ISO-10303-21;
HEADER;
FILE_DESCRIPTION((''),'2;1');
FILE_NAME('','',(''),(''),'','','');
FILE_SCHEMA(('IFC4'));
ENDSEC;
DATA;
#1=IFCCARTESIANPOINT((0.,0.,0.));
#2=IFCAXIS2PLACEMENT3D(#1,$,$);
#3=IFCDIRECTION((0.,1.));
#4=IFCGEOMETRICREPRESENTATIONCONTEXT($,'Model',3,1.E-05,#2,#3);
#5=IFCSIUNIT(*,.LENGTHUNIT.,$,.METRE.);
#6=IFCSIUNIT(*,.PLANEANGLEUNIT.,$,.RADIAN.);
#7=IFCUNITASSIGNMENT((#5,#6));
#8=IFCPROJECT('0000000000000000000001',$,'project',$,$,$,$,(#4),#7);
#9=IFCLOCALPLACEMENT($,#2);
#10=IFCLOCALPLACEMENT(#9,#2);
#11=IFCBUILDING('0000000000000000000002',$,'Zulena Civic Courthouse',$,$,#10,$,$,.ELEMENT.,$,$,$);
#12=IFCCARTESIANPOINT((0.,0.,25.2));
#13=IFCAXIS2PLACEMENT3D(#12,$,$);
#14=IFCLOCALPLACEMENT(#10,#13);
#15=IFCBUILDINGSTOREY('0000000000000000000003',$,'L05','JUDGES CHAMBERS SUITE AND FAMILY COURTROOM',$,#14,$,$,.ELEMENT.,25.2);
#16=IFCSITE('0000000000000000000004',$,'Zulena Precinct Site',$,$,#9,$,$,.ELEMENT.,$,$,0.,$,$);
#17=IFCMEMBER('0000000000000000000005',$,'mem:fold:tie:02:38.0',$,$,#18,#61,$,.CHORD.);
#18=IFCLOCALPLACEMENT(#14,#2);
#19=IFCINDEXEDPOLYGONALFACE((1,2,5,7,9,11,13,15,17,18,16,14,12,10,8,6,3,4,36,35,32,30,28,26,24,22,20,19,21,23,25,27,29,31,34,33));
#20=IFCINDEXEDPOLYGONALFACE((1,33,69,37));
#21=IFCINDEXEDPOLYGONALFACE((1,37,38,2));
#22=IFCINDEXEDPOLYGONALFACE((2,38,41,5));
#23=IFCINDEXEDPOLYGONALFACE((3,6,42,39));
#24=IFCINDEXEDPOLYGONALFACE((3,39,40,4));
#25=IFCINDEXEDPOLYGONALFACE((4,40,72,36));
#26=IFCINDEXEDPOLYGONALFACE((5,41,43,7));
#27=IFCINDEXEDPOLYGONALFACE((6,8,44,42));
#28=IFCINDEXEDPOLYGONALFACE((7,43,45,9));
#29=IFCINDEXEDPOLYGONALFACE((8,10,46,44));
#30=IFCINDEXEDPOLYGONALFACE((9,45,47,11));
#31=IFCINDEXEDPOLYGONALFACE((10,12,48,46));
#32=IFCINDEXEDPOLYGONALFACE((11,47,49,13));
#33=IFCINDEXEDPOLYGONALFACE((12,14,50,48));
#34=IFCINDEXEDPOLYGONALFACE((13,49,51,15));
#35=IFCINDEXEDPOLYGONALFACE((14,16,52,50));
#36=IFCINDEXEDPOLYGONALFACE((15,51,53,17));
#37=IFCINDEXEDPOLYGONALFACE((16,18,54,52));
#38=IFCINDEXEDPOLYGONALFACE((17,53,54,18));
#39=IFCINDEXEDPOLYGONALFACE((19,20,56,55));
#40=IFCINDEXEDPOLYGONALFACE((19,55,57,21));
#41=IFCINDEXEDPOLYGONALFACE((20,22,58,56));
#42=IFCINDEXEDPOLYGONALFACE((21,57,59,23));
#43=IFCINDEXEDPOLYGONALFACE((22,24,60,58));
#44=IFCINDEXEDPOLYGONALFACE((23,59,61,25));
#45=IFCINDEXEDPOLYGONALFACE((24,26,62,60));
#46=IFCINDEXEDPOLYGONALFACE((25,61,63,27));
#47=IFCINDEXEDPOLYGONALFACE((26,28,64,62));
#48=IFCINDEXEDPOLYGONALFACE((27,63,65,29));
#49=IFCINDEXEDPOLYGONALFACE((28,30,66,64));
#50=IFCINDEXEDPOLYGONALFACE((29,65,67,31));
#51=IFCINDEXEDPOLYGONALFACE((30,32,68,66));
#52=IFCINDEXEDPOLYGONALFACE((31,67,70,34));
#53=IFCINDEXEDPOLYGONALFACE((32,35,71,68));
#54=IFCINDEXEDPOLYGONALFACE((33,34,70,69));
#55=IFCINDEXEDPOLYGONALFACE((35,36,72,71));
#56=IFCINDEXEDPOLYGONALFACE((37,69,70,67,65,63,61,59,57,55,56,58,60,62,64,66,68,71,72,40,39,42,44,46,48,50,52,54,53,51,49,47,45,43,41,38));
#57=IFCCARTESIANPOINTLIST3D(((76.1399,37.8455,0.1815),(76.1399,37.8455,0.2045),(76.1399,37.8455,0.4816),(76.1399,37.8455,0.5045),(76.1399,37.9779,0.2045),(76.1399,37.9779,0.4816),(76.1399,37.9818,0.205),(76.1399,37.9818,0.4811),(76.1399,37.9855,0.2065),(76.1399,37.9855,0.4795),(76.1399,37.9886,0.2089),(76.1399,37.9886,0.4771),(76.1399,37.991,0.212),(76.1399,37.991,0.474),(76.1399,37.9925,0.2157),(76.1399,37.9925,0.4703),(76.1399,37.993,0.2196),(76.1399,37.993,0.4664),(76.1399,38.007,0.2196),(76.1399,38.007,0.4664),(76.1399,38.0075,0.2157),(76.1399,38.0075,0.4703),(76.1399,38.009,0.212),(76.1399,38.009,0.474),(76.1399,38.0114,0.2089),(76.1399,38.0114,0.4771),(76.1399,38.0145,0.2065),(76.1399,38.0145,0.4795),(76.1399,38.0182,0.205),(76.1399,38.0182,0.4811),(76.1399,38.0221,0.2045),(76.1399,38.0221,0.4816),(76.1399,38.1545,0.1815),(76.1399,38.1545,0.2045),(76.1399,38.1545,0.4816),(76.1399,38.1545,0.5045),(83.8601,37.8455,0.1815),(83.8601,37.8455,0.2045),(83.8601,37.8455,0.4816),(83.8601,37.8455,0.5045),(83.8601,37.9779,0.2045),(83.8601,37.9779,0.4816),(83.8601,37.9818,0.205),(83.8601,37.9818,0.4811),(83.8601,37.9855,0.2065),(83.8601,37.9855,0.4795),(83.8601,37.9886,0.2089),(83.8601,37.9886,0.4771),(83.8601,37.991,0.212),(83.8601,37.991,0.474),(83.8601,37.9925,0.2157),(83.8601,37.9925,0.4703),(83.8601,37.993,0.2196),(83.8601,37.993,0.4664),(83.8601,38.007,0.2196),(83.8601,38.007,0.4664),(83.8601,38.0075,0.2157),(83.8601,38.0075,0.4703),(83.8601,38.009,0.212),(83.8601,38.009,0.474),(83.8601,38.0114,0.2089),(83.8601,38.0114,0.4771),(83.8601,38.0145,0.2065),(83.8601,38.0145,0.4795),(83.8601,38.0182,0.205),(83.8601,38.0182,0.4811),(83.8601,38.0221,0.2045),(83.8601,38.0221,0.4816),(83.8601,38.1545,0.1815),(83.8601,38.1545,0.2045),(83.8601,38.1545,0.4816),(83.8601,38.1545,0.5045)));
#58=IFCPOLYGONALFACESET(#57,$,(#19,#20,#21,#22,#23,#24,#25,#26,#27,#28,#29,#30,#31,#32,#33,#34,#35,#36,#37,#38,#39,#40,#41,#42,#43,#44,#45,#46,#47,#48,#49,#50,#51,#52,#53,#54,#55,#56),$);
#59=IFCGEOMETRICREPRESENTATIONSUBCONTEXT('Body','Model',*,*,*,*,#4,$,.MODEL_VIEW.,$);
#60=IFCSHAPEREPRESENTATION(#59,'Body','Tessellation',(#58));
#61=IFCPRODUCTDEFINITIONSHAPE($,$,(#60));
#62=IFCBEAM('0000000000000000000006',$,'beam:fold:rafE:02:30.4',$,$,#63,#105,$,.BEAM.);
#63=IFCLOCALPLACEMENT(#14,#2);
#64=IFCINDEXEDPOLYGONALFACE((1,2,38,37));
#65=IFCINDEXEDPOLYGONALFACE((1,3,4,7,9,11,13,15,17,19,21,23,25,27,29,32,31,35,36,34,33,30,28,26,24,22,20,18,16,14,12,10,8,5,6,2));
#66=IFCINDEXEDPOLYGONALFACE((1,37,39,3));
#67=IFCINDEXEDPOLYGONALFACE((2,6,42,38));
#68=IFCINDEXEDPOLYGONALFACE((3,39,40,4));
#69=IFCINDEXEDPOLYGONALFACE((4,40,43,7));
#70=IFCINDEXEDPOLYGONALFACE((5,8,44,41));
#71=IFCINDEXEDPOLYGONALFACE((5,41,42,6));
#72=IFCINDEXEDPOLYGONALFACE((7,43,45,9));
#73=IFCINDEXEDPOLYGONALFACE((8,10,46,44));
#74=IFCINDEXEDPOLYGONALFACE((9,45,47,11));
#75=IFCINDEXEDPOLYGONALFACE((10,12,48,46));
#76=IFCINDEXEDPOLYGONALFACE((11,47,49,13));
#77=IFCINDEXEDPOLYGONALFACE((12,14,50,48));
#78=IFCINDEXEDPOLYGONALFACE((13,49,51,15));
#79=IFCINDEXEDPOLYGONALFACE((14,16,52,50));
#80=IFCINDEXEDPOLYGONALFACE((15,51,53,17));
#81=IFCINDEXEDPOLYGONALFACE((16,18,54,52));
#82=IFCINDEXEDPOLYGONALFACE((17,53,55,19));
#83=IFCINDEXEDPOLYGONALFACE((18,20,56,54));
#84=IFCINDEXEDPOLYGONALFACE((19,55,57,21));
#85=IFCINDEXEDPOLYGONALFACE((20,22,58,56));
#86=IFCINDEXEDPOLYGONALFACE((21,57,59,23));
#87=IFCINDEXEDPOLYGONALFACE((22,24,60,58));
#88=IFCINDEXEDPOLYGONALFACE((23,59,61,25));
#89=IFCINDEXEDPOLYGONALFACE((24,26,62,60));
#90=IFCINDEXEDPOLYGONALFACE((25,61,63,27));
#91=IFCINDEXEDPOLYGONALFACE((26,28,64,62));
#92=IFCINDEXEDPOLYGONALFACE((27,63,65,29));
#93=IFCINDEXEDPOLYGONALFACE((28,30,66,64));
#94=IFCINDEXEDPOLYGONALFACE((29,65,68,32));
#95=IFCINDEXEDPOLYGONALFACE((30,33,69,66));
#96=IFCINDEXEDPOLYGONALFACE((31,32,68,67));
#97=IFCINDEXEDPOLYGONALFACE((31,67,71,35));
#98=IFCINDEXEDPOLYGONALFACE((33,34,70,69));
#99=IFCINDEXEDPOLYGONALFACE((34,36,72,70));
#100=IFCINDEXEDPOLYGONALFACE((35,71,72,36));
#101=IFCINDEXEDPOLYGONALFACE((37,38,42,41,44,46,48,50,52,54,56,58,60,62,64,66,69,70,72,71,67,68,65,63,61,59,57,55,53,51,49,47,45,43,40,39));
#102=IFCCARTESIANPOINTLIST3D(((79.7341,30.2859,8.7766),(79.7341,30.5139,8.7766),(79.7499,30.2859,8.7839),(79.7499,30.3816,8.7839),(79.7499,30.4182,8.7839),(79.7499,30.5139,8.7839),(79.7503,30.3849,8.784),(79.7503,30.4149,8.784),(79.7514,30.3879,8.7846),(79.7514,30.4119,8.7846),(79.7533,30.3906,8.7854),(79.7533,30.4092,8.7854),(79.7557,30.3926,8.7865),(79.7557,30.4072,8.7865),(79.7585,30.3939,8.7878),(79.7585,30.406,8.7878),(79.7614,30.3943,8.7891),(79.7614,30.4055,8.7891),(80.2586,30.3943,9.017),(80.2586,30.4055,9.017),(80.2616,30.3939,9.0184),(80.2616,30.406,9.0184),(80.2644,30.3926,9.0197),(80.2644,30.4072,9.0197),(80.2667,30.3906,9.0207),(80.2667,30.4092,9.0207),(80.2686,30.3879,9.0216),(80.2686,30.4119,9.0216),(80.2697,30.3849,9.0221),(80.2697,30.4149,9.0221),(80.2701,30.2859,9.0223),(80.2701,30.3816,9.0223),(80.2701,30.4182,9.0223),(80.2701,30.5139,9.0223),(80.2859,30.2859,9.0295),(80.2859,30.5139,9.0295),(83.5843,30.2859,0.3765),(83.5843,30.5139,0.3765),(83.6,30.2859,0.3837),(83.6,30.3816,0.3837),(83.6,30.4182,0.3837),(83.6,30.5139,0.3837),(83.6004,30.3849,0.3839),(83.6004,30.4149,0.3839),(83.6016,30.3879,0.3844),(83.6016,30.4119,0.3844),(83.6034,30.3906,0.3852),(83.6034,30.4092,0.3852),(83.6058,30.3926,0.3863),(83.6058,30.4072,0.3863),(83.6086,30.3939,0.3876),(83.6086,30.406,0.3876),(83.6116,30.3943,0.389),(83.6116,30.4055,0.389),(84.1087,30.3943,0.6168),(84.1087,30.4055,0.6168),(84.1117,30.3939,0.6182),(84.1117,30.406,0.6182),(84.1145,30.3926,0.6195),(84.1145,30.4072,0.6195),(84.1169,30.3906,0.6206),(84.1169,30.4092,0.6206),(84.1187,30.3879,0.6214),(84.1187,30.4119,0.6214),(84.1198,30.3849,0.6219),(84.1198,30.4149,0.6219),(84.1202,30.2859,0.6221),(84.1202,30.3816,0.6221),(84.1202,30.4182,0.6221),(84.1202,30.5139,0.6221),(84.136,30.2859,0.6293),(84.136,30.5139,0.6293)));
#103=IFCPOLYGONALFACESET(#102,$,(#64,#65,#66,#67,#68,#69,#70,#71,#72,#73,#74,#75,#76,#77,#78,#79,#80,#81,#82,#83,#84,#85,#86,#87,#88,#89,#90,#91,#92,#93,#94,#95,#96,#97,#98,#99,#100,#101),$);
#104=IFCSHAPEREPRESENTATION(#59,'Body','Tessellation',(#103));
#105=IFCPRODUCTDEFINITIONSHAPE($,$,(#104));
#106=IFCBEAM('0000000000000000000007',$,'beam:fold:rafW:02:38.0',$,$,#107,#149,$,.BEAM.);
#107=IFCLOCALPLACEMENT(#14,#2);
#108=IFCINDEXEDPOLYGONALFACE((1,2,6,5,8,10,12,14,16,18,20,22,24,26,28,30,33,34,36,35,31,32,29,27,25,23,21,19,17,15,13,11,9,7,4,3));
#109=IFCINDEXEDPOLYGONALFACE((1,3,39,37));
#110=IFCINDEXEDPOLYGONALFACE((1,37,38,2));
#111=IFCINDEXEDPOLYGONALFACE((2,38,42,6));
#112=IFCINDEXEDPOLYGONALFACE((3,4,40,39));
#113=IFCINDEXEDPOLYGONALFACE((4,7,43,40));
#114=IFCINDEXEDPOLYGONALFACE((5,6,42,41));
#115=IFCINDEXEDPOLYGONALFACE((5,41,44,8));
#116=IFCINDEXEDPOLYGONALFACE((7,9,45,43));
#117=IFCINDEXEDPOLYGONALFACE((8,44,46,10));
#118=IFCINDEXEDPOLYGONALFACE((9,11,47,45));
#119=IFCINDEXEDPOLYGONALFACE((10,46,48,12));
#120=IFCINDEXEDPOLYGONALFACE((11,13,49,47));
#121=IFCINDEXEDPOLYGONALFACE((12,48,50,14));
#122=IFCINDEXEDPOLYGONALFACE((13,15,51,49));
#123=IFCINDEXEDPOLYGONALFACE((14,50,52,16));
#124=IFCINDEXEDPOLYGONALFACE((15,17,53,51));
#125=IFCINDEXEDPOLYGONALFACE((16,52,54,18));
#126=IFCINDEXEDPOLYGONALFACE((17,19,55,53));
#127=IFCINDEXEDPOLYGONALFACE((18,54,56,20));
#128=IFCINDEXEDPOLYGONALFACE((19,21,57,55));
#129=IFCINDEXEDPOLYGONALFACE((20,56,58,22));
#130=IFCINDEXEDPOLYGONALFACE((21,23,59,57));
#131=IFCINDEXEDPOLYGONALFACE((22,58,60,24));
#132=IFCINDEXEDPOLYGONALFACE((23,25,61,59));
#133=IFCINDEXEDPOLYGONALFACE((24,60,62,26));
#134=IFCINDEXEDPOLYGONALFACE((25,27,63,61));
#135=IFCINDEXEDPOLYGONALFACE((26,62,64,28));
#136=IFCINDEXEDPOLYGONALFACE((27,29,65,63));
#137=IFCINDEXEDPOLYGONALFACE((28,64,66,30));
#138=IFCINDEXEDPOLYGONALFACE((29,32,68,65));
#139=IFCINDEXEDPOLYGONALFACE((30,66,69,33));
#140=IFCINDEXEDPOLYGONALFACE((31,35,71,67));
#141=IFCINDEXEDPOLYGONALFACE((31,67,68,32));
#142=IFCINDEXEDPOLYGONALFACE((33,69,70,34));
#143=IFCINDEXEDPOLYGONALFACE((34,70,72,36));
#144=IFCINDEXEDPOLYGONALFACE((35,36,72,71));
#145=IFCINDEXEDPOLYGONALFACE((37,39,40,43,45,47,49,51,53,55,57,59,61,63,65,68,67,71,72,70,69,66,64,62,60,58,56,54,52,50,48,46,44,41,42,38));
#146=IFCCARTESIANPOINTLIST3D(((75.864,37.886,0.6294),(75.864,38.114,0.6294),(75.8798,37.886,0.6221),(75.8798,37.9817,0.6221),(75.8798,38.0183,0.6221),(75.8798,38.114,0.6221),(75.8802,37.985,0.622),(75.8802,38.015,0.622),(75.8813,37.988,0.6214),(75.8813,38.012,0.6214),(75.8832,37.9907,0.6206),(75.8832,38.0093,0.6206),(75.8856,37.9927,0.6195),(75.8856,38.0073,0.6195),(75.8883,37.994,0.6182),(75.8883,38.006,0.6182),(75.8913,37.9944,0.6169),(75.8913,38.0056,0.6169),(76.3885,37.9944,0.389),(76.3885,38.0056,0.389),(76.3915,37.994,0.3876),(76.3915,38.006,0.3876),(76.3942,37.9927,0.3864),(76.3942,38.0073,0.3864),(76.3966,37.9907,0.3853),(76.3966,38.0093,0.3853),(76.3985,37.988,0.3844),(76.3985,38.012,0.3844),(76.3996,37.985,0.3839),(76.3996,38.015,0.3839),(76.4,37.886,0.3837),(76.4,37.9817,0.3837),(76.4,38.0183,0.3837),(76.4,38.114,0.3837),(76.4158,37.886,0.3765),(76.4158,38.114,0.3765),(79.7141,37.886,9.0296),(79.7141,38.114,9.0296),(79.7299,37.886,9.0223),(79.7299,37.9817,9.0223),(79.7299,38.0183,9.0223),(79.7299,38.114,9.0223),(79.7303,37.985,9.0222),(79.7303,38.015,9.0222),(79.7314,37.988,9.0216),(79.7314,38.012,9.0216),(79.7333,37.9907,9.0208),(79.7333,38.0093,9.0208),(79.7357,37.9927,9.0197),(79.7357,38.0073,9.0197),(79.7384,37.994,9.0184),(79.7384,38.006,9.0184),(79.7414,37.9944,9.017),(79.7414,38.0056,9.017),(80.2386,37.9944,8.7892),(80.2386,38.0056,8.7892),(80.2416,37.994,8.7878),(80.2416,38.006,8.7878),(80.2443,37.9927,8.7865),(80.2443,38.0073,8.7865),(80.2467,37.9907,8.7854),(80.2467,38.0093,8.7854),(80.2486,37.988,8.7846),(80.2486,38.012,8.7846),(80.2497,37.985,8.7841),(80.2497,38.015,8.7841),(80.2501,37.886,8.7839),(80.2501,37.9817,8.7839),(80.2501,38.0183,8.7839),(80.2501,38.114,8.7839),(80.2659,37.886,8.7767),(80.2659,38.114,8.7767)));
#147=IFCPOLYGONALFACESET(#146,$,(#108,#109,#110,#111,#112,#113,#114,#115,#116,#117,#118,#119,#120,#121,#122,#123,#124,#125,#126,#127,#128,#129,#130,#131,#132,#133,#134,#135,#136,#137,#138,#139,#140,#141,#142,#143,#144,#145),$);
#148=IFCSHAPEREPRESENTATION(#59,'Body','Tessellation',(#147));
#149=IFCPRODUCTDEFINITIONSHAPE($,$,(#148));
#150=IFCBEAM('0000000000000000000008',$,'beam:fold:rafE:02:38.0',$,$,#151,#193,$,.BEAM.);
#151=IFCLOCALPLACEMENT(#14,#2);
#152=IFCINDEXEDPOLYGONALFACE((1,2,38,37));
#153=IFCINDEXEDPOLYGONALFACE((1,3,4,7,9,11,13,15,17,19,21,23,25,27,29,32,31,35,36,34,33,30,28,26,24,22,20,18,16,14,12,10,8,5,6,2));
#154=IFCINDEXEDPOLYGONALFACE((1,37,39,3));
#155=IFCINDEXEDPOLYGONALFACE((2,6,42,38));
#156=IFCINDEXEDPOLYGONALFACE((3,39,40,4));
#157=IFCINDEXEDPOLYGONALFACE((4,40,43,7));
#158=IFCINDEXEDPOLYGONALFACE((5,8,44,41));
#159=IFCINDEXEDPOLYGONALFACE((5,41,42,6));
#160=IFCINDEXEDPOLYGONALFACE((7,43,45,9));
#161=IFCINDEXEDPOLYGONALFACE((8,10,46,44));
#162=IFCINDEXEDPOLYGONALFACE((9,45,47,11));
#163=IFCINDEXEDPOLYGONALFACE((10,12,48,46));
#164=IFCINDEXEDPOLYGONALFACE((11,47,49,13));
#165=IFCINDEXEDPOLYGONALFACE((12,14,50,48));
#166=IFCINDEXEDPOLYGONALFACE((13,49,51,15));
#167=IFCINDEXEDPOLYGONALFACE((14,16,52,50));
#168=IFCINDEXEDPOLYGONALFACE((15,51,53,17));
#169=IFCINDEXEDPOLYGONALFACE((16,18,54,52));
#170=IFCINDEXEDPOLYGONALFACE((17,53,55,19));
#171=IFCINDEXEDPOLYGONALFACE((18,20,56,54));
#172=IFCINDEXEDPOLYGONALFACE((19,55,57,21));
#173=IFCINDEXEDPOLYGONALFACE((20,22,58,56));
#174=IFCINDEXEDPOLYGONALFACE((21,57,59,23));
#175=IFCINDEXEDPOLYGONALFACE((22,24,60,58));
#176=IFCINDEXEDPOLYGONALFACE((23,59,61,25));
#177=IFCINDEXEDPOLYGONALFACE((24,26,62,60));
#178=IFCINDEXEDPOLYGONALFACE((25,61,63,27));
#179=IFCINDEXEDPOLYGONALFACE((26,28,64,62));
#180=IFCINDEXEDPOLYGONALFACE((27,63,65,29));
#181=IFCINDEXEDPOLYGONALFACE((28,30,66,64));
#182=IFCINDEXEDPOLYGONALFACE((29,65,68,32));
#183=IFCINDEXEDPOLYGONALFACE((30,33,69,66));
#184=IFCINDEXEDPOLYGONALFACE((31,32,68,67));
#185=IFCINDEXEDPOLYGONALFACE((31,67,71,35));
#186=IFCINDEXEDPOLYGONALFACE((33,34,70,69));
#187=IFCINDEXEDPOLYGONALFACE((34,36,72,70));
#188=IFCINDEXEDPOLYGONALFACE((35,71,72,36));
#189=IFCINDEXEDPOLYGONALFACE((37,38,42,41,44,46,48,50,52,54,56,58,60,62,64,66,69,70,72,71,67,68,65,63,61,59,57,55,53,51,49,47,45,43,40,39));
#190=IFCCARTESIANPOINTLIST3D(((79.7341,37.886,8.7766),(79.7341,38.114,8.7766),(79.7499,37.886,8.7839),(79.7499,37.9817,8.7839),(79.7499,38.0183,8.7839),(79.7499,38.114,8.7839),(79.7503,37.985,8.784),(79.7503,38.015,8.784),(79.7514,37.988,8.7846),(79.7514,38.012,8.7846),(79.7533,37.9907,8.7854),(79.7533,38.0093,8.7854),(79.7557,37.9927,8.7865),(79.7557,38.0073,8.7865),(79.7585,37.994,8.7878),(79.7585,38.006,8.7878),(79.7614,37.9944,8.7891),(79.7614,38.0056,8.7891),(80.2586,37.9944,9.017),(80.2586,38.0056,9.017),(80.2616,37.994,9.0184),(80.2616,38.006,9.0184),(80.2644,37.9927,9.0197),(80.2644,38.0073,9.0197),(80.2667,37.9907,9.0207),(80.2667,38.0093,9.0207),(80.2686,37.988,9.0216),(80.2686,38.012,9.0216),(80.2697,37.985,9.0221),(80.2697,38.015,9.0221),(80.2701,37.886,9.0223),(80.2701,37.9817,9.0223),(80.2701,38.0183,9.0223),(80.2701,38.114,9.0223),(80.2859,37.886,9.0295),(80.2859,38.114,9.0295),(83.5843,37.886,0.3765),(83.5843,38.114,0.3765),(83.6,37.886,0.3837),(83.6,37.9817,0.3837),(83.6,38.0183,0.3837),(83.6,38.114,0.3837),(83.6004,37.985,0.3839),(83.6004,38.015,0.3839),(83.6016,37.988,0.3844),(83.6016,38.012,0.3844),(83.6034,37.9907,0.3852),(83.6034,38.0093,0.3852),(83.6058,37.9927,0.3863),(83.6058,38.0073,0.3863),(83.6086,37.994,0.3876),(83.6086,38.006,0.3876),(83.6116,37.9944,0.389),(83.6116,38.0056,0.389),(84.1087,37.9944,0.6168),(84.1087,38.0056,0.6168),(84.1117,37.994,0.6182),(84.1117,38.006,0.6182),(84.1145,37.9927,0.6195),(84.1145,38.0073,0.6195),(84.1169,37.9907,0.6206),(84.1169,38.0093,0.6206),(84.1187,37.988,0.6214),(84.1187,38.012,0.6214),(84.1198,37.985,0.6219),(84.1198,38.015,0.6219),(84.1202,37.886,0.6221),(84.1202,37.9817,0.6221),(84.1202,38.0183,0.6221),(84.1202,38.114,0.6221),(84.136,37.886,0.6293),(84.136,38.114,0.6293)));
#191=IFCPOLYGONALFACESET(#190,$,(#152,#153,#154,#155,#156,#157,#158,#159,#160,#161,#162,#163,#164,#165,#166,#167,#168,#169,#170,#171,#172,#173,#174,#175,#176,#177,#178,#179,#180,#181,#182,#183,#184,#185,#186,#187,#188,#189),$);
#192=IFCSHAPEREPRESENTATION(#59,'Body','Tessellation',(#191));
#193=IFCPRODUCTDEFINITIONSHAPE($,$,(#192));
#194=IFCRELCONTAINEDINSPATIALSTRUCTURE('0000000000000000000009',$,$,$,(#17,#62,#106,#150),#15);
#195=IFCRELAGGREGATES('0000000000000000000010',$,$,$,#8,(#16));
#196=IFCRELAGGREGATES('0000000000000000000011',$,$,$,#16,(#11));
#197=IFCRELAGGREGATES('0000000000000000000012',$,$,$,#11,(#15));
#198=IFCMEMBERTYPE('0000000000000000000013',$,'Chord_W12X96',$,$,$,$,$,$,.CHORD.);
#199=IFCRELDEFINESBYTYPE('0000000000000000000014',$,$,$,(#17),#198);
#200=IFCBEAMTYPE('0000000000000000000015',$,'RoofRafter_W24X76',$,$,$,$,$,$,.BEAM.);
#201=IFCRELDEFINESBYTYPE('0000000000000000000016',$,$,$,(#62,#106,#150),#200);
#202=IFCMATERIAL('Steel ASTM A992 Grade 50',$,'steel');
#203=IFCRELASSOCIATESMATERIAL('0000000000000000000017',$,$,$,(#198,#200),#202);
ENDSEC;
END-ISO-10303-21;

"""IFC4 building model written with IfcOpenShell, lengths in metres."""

from ifc_helpers import new_model, si_unit, direction, frame, origin, origin_2d, place, context, subcontext, project, spatial, i_section, extrude, material, material_profile, profile_set, type_object, element, save


model = new_model("IFC4")

# Units and contexts
model_context = context("Model", 3, precision=1e-05, world=origin(), true_north=direction((0.0, 1.0)))
body_context = subcontext(model_context, "Body", "Model", "MODEL_VIEW")
ifc_project = project(units=[si_unit("LENGTHUNIT", "METRE"), si_unit("PLANEANGLEUNIT", "RADIAN")], contexts=[model_context])

# Site, building, storey
site_placement = place(None, origin())
site = spatial("IfcSite", under=ifc_project, at=site_placement, Name="Zulena Precinct Site", CompositionType="ELEMENT", RefElevation=0.0)
building_placement = place(site_placement, origin())
building = spatial("IfcBuilding", under=site, at=building_placement, Name="Zulena Civic Courthouse", CompositionType="ELEMENT")
storey_placement = place(building_placement, frame((0.0, 0.0, 25.2)))
storey = spatial("IfcBuildingStorey", under=building, at=storey_placement, Name="L05", Description="JUDGES CHAMBERS SUITE AND FAMILY COURTROOM", CompositionType="ELEMENT", Elevation=25.2)

# Member
ifc_material_1 = material(Name="Steel ASTM A992 Grade 50", Category="steel")
ifc_material_profile_1 = material_profile(ifc_material_1, i_section(OverallWidth=0.3091, OverallDepth=0.323, WebThickness=0.0139, FlangeThickness=0.0229, FilletRadius=0.0151, at=origin_2d()), Name="W12X96")
ifc_profile_set_1 = profile_set([ifc_material_profile_1], Name="Steel ASTM A992 Grade 50")
member_type_1 = type_object("IfcMemberType", Name="Chord_W12X96", PredefinedType="CHORD", material=ifc_profile_set_1)
member_1_placement = place(storey_placement, frame((76.1399, 38.0, 0.343), z_axis=(1.0, 0.0, 0.0), x_axis=(0.0, 1.0, 0.0)))
element("IfcMember", 1, at=member_1_placement, inside=storey, type_object=member_type_1, Name="mem:fold:tie:02:38.0", PredefinedType="CHORD", context=body_context, shape_type="SweptSolid", body=[
    extrude(i_section(OverallWidth=0.3091, OverallDepth=0.323, WebThickness=0.0139, FlangeThickness=0.0229, FilletRadius=0.0151, at=origin_2d()), origin(), (0.0, 0.0, 1.0), 7.7202),
])

# Beams
ifc_material_profile_2 = material_profile(ifc_material_1, i_section(OverallWidth=0.228, OverallDepth=0.6069, WebThickness=0.0112, FlangeThickness=0.0173, FilletRadius=0.0127, at=origin_2d()), Name="W24X76")
ifc_profile_set_2 = profile_set([ifc_material_profile_2], Name="Steel ASTM A992 Grade 50")
beam_type_1 = type_object("IfcBeamType", Name="RoofRafter_W24X76", PredefinedType="BEAM", material=ifc_profile_set_2)
for number, where, z_axis, x_axis, name in (
    (2, (80.01, 30.3999, 8.9031), (0.416657, 0.0, -0.909064), (0.0, 1.0, 0.0), "beam:fold:rafE:02:30.4"),
    (3, (76.1399, 38.0, 0.5029), (0.416657, 0.0, 0.909064), (0.0, 1.0, 0.0), "beam:fold:rafW:02:38.0"),
    (4, (80.01, 38.0, 8.9031), (0.416657, 0.0, -0.909064), (0.0, 1.0, 0.0), "beam:fold:rafE:02:38.0"),
):
    element("IfcBeam", number, at=place(storey_placement, frame(where, z_axis=z_axis, x_axis=x_axis)), inside=storey, type_object=beam_type_1, Name=name, PredefinedType="BEAM", context=body_context, shape_type="SweptSolid", body=[
        extrude(i_section(OverallWidth=0.228, OverallDepth=0.6069, WebThickness=0.0112, FlangeThickness=0.0173, FilletRadius=0.0127, at=origin_2d()), origin(), (0.0, 0.0, 1.0), 9.2405),
    ])

save(model, "model.ifc")
